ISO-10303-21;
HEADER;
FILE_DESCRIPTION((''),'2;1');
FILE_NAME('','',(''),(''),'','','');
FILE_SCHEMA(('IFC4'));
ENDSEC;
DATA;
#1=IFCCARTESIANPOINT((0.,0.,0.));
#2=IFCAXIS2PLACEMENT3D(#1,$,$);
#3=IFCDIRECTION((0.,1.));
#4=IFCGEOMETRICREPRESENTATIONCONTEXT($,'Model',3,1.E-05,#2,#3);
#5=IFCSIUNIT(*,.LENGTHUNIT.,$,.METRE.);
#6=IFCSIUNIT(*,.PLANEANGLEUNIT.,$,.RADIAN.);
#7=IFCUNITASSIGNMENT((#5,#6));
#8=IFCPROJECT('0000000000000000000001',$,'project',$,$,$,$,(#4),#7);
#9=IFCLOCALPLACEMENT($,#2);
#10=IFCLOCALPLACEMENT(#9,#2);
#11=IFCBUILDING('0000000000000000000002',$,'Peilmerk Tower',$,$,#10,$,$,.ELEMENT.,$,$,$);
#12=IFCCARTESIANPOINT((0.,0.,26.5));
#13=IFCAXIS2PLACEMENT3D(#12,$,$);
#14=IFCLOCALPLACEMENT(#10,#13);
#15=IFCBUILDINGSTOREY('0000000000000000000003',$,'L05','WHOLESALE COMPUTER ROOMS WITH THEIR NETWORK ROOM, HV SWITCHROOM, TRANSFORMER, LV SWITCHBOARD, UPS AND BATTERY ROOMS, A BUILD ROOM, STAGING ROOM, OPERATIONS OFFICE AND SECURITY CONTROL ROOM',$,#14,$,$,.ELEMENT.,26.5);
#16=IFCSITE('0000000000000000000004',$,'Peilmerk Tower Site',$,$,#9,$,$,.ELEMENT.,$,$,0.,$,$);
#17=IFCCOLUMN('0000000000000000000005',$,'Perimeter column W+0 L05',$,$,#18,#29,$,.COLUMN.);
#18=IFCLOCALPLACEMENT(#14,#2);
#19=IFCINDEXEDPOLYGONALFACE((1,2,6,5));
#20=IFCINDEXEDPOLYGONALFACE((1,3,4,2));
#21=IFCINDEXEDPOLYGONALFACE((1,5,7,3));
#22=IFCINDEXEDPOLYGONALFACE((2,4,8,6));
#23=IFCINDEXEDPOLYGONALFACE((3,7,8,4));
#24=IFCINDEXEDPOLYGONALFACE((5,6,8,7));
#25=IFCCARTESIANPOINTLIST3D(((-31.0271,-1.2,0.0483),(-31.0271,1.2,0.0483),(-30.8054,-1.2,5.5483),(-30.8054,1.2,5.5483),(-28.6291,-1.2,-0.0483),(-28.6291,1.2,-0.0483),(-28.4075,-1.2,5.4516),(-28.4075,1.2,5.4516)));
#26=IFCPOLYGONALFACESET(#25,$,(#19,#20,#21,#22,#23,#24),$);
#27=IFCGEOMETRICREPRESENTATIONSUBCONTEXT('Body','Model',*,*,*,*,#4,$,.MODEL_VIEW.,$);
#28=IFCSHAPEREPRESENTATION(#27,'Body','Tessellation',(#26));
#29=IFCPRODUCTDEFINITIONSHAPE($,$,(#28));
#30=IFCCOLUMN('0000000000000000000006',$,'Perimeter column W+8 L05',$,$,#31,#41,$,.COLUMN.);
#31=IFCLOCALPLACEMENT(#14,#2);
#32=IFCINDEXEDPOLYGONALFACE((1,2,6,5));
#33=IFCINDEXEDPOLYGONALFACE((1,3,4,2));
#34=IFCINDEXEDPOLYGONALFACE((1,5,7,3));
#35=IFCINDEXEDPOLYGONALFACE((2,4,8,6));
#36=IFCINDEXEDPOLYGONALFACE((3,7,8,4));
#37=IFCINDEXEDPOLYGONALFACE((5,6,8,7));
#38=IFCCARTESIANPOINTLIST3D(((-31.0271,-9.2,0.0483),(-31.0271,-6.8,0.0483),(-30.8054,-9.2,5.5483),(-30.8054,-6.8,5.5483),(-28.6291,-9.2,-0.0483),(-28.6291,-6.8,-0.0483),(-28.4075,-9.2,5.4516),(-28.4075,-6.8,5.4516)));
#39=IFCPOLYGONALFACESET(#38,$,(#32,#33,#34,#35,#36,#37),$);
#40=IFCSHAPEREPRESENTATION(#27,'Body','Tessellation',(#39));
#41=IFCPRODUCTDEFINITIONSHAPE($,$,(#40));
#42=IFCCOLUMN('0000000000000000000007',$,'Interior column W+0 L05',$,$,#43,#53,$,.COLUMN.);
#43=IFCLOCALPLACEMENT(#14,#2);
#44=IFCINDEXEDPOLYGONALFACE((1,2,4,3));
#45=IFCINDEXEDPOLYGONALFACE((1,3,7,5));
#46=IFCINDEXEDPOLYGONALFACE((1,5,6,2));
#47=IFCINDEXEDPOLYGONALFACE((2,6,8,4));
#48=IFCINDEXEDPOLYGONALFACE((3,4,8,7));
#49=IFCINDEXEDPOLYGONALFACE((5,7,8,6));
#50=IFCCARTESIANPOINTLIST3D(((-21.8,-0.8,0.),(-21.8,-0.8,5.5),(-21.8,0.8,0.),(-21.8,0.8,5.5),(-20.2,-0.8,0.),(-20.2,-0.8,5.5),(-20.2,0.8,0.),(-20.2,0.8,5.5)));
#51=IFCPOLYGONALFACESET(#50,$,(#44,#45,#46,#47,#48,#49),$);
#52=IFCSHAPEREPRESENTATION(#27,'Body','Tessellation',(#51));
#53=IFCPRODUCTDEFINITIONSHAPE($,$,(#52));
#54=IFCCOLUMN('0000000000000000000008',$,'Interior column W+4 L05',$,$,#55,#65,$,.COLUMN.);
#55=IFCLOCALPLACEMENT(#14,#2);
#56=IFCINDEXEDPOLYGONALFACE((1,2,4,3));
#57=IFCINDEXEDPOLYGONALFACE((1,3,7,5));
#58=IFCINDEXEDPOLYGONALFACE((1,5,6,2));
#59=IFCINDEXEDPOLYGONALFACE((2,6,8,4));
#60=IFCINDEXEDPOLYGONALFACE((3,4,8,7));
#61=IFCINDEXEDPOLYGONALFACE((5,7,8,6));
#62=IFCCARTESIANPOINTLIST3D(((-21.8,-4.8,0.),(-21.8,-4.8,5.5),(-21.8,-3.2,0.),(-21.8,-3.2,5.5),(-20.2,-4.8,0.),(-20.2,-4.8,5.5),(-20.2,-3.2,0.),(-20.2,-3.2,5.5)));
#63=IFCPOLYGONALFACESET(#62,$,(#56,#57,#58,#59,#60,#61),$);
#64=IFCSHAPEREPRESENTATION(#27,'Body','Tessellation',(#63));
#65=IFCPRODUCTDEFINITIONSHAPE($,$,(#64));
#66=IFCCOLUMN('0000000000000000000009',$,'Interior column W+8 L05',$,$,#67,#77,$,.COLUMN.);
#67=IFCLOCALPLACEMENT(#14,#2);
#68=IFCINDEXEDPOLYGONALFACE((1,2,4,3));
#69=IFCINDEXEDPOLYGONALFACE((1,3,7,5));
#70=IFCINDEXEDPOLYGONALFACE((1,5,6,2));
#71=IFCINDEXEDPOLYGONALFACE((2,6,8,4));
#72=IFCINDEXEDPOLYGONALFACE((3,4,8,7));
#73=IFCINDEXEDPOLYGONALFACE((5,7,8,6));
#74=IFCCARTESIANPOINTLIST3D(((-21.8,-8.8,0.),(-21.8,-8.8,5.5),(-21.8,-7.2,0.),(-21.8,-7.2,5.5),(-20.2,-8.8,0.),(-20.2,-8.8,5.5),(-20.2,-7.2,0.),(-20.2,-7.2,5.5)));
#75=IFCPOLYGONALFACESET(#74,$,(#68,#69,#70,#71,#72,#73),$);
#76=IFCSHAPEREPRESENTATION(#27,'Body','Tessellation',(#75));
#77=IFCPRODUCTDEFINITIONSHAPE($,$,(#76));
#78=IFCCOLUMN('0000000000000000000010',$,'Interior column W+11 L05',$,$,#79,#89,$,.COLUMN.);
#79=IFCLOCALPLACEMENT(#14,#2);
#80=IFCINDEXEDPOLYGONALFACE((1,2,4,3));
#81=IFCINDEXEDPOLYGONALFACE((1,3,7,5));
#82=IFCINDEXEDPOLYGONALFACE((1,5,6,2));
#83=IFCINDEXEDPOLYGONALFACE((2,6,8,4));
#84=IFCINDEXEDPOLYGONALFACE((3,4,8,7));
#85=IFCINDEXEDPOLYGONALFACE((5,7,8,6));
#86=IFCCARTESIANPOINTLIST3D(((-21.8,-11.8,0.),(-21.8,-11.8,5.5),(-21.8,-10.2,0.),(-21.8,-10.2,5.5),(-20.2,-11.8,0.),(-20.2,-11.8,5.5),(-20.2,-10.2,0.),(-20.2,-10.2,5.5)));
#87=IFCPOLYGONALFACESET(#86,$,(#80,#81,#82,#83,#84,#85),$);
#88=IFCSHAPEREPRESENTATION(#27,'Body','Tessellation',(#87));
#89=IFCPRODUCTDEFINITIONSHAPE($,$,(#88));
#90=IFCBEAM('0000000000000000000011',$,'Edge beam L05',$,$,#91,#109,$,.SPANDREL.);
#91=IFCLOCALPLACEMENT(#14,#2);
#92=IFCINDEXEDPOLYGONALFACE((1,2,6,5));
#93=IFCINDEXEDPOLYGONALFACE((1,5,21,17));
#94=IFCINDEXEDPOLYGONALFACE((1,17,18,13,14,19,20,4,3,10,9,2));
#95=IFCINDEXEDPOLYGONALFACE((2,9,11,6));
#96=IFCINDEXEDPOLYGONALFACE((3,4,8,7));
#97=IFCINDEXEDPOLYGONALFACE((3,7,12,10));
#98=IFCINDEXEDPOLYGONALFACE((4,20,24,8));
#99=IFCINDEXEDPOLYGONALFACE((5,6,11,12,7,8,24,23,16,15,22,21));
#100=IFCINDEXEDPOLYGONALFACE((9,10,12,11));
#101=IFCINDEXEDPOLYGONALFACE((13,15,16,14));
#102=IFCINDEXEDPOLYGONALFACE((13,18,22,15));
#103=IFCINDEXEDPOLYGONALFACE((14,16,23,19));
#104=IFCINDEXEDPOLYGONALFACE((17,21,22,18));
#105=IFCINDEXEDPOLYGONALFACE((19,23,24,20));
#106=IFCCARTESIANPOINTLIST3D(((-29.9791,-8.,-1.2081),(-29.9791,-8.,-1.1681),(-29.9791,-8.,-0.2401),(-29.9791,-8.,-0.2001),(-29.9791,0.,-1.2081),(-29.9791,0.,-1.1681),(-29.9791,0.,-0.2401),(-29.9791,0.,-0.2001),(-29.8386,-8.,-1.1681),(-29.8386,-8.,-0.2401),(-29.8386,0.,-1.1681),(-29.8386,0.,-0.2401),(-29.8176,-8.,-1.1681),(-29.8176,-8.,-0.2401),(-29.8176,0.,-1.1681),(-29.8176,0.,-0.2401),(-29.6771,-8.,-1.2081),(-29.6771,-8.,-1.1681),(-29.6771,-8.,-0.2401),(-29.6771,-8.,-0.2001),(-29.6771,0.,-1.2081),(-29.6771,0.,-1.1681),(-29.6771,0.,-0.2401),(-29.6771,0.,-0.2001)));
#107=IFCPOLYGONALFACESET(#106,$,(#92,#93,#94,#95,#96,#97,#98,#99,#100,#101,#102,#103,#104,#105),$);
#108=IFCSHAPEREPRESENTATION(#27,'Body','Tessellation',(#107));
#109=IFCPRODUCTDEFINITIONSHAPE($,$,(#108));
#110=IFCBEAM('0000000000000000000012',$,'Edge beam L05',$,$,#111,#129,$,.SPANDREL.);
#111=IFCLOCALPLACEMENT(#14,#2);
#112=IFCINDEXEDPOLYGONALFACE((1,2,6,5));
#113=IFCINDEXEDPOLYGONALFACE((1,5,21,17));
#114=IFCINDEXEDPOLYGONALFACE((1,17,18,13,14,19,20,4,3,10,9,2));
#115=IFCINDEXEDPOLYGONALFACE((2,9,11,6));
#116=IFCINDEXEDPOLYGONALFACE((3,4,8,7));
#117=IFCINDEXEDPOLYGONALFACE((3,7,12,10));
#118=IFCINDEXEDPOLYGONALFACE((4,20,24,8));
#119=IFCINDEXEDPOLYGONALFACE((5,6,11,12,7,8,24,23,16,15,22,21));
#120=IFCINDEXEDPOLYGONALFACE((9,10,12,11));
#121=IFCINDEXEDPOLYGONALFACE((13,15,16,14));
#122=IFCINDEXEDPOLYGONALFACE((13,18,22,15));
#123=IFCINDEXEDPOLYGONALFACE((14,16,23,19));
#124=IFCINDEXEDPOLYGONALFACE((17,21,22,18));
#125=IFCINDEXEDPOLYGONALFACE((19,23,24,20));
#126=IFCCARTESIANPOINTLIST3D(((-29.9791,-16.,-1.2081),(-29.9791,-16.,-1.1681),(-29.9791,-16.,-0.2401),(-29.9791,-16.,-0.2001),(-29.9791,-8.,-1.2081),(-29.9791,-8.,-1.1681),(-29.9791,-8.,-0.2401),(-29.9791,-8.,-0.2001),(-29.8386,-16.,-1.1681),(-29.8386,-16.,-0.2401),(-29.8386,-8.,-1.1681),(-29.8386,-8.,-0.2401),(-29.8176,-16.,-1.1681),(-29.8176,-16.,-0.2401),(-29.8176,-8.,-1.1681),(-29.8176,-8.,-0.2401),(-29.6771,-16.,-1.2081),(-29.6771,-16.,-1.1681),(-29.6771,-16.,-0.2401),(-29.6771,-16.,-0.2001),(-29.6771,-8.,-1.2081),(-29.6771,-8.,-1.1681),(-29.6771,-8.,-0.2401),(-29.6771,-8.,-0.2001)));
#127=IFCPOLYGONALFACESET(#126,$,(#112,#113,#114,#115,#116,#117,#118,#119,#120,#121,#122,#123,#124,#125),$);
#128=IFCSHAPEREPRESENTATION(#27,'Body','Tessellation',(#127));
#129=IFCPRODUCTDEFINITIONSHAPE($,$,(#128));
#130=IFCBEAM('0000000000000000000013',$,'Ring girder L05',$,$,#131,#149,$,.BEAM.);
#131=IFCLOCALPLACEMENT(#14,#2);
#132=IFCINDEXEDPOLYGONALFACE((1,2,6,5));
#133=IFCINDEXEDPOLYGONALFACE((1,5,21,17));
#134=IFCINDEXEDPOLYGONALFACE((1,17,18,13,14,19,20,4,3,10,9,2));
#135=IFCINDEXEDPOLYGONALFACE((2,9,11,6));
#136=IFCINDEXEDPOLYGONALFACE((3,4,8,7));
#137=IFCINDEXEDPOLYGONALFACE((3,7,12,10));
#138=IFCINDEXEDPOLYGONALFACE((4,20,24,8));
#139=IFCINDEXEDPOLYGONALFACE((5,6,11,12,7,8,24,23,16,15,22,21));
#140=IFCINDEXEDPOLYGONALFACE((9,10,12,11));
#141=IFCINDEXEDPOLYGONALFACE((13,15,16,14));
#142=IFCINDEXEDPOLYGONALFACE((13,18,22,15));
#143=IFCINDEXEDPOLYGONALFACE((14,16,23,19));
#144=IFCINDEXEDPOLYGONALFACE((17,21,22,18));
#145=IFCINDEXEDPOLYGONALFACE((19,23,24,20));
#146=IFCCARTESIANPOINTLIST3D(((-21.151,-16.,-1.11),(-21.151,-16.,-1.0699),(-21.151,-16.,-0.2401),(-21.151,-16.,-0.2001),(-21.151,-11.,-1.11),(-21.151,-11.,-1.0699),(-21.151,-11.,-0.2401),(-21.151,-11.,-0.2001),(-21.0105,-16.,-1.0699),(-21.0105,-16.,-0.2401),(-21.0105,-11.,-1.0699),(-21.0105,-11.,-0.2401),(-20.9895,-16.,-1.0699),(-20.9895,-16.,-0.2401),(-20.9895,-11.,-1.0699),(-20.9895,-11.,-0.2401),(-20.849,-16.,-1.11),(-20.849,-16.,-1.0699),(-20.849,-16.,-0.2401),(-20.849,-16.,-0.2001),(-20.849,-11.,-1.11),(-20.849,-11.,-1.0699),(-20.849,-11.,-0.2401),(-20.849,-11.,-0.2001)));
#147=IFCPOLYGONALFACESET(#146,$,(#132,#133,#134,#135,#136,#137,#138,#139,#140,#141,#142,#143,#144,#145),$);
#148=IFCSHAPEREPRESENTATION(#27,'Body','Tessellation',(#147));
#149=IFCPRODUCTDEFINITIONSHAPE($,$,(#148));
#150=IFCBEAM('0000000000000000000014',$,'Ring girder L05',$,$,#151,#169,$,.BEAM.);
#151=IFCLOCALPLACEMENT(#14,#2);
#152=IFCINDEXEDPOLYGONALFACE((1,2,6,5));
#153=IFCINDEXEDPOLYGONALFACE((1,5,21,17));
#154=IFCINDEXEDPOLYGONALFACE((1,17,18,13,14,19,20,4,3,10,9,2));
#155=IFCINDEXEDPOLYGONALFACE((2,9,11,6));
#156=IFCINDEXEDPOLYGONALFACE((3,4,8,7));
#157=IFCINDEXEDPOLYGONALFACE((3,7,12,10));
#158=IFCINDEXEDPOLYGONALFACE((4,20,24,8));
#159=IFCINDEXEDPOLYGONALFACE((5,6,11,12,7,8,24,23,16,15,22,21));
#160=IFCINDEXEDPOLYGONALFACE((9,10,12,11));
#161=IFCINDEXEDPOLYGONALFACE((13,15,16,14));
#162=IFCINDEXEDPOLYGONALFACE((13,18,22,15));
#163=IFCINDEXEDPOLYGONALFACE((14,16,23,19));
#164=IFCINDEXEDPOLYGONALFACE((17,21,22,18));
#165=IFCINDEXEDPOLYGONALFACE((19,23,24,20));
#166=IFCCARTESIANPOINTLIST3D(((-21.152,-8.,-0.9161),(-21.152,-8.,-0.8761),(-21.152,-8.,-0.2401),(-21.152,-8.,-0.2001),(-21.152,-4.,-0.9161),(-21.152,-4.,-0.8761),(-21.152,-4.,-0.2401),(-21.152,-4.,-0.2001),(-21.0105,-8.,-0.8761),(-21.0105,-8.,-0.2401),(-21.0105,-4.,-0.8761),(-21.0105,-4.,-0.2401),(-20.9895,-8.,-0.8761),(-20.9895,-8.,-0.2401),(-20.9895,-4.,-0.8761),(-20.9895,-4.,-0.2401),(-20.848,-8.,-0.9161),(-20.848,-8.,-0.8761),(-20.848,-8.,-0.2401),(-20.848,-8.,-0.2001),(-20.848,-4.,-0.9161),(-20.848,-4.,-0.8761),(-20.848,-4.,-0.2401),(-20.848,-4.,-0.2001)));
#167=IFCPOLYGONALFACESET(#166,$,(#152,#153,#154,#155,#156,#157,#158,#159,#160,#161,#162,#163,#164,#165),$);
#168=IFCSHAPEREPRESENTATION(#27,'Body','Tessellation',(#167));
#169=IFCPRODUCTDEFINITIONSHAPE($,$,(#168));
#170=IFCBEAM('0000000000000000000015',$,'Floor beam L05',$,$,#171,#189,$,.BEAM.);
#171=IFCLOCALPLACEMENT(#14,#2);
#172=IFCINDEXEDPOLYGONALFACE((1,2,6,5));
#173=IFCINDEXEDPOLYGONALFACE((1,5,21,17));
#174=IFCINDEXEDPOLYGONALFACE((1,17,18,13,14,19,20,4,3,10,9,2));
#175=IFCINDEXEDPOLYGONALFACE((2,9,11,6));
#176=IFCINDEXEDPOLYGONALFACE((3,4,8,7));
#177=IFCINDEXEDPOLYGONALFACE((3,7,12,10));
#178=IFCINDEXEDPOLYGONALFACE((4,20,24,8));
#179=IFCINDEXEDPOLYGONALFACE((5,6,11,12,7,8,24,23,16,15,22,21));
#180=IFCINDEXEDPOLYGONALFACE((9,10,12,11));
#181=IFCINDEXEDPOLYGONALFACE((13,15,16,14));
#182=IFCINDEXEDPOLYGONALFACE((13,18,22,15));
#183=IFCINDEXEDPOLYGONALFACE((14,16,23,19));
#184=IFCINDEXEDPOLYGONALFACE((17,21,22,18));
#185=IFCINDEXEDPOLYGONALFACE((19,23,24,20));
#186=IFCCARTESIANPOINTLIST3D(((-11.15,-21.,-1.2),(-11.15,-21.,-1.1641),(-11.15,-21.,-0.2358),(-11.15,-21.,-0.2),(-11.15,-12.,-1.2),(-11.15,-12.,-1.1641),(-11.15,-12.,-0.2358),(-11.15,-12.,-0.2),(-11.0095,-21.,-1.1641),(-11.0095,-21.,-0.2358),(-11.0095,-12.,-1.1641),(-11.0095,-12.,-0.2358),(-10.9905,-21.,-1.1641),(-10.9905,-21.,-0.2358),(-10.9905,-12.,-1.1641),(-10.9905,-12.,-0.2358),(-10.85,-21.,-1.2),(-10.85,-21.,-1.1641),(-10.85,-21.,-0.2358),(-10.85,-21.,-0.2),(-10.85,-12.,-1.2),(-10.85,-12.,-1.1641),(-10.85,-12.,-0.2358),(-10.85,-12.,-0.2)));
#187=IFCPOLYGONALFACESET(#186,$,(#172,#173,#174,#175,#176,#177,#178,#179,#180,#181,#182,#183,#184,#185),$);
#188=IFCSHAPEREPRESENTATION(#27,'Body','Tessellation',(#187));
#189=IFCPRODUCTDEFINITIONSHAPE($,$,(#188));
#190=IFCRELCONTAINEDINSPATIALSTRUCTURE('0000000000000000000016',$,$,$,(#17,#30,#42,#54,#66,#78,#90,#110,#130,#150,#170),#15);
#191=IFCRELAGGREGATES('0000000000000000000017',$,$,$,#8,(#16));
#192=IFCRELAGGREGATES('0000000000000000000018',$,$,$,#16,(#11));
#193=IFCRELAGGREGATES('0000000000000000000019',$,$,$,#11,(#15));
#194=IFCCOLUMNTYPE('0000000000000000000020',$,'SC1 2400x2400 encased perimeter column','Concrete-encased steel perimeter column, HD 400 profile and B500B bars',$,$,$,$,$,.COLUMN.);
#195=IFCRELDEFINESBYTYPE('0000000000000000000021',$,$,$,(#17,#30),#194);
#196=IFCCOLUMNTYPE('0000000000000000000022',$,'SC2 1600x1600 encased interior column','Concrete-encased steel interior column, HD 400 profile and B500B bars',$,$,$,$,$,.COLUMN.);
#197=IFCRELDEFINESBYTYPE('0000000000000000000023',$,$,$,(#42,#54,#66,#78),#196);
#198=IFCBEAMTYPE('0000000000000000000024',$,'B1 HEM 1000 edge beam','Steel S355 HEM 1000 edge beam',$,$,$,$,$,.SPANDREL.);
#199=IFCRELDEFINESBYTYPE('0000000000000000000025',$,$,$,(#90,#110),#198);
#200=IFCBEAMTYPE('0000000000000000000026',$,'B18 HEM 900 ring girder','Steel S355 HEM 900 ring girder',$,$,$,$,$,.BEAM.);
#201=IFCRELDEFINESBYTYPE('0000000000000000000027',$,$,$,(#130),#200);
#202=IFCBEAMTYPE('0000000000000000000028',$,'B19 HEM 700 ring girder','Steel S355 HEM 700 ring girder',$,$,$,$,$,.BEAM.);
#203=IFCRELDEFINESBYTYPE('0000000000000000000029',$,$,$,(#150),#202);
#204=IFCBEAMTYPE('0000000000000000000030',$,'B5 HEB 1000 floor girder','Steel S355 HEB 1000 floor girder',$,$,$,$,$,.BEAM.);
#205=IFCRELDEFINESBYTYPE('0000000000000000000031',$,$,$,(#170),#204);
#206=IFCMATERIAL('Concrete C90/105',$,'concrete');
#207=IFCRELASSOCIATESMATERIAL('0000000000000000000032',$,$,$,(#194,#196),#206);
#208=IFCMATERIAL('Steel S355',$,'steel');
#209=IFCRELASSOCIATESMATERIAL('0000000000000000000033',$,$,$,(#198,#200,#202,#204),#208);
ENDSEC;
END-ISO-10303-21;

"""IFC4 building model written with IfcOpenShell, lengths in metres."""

from ifc_helpers import new_model, si_unit, direction, frame, origin, origin_2d, place, context, subcontext, project, spatial, rectangle, i_section, extrude, material, material_profile, profile_set, type_object, element, save


model = new_model("IFC4")

# Units and contexts
model_context = context("Model", 3, precision=1e-05, world=origin(), true_north=direction((0.0, 1.0)))
body_context = subcontext(model_context, "Body", "Model", "MODEL_VIEW")
ifc_project = project(units=[si_unit("LENGTHUNIT", "METRE"), si_unit("PLANEANGLEUNIT", "RADIAN")], contexts=[model_context])

# Site, building, storey
site_placement = place(None, origin())
site = spatial("IfcSite", under=ifc_project, at=site_placement, Name="Peilmerk Tower Site", CompositionType="ELEMENT", RefElevation=0.0)
building_placement = place(site_placement, origin())
building = spatial("IfcBuilding", under=site, at=building_placement, Name="Peilmerk Tower", CompositionType="ELEMENT")
storey_placement = place(building_placement, frame((0.0, 0.0, 26.5)))
storey = spatial("IfcBuildingStorey", under=building, at=storey_placement, Name="L05", Description="WHOLESALE COMPUTER ROOMS WITH THEIR NETWORK ROOM, HV SWITCHROOM, TRANSFORMER, LV SWITCHBOARD, UPS AND BATTERY ROOMS, A BUILD ROOM, STAGING ROOM, OPERATIONS OFFICE AND SECURITY CONTROL ROOM", CompositionType="ELEMENT", Elevation=26.5)

# Columns
ifc_material_1 = material(Name="Concrete C90/105", Category="concrete")
ifc_material_profile_1 = material_profile(ifc_material_1, rectangle(XDim=2.3999, YDim=2.3999, at=origin_2d()), Name="RC 2400x2400")
ifc_profile_set_1 = profile_set([ifc_material_profile_1], Name="Concrete C90/105")
column_type_1 = type_object("IfcColumnType", Name="SC1 2400x2400 encased perimeter column", Description="Concrete-encased steel perimeter column, HD 400 profile and B500B bars", PredefinedType="COLUMN", material=ifc_profile_set_1)
for number, where, z_axis, x_axis, name in (
    (1, (-29.8281, 0.0, 0.0), (0.040273, 0.0, 0.999189), (0.0, 1.0, 0.0), "Perimeter column W+0 L05"),
    (2, (-29.8281, -8.0, 0.0), (0.040273, 0.0, 0.999189), (0.0, 1.0, 0.0), "Perimeter column W+8 L05"),
):
    element("IfcColumn", number, at=place(storey_placement, frame(where, z_axis=z_axis, x_axis=x_axis)), inside=storey, type_object=column_type_1, Name=name, PredefinedType="COLUMN", context=body_context, shape_type="SweptSolid", body=[
        extrude(rectangle(XDim=2.3999, YDim=2.3999, at=origin_2d()), origin(), (0.0, 0.0, 1.0), 5.5044),
    ])
ifc_material_profile_2 = material_profile(ifc_material_1, rectangle(XDim=1.6001, YDim=1.6001, at=origin_2d()), Name="RC 1600x1600")
ifc_profile_set_2 = profile_set([ifc_material_profile_2], Name="Concrete C90/105")
column_type_2 = type_object("IfcColumnType", Name="SC2 1600x1600 encased interior column", Description="Concrete-encased steel interior column, HD 400 profile and B500B bars", PredefinedType="COLUMN", material=ifc_profile_set_2)
for number, where, z_axis, x_axis, name in (
    (3, (-21.0, 0.0, 0.0), (0.0, 0.0, 1.0), (1.0, 0.0, 0.0), "Interior column W+0 L05"),
    (4, (-21.0, -4.0, 0.0), (0.0, 0.0, 1.0), (1.0, 0.0, 0.0), "Interior column W+4 L05"),
    (5, (-21.0, -8.0, 0.0), (0.0, 0.0, 1.0), (1.0, 0.0, 0.0), "Interior column W+8 L05"),
    (6, (-21.0, -11.0, 0.0), (0.0, 0.0, 1.0), (1.0, 0.0, 0.0), "Interior column W+11 L05"),
):
    element("IfcColumn", number, at=place(storey_placement, frame(where, z_axis=z_axis, x_axis=x_axis)), inside=storey, type_object=column_type_2, Name=name, PredefinedType="COLUMN", context=body_context, shape_type="SweptSolid", body=[
        extrude(rectangle(XDim=1.6001, YDim=1.6001, at=origin_2d()), origin(), (0.0, 0.0, 1.0), 5.5),
    ])

# Beams
ifc_material_2 = material(Name="Steel S355", Category="steel")
ifc_material_profile_3 = material_profile(ifc_material_2, i_section(OverallWidth=0.302, OverallDepth=1.0081, WebThickness=0.021, FlangeThickness=0.04, at=origin_2d()), Name="HEM 1000")
ifc_profile_set_3 = profile_set([ifc_material_profile_3], Name="Steel S355")
beam_type_1 = type_object("IfcBeamType", Name="B1 HEM 1000 edge beam", Description="Steel S355 HEM 1000 edge beam", PredefinedType="SPANDREL", material=ifc_profile_set_3)
for number, where, z_axis, x_axis, name in (
    (7, (-29.8281, 0.0, -0.7041), (0.0, -1.0, 0.0), (1.0, 0.0, 0.0), "Edge beam L05"),
    (8, (-29.8281, -8.0, -0.7041), (0.0, -1.0, 0.0), (1.0, 0.0, 0.0), "Edge beam L05"),
):
    element("IfcBeam", number, at=place(storey_placement, frame(where, z_axis=z_axis, x_axis=x_axis)), inside=storey, type_object=beam_type_1, Name=name, PredefinedType="SPANDREL", context=body_context, shape_type="SweptSolid", body=[
        extrude(i_section(OverallWidth=0.302, OverallDepth=1.0081, WebThickness=0.021, FlangeThickness=0.04, at=origin_2d()), origin(), (0.0, 0.0, 1.0), 8.0),
    ])
ifc_material_profile_4 = material_profile(ifc_material_2, i_section(OverallWidth=0.302, OverallDepth=0.9099, WebThickness=0.021, FlangeThickness=0.04, at=origin_2d()), Name="HEM 900")
ifc_profile_set_4 = profile_set([ifc_material_profile_4], Name="Steel S355")
beam_type_2 = type_object("IfcBeamType", Name="B18 HEM 900 ring girder", Description="Steel S355 HEM 900 ring girder", PredefinedType="BEAM", material=ifc_profile_set_4)
beam_1_placement = place(storey_placement, frame((-21.0, -11.0, -0.655), z_axis=(0.0, -1.0, 0.0), x_axis=(1.0, 0.0, 0.0)))
element("IfcBeam", 9, at=beam_1_placement, inside=storey, type_object=beam_type_2, Name="Ring girder L05", PredefinedType="BEAM", context=body_context, shape_type="SweptSolid", body=[
    extrude(i_section(OverallWidth=0.302, OverallDepth=0.9099, WebThickness=0.021, FlangeThickness=0.04, at=origin_2d()), origin(), (0.0, 0.0, 1.0), 5.0),
])
ifc_material_profile_5 = material_profile(ifc_material_2, i_section(OverallWidth=0.304, OverallDepth=0.7161, WebThickness=0.021, FlangeThickness=0.04, at=origin_2d()), Name="HEM 700")
ifc_profile_set_5 = profile_set([ifc_material_profile_5], Name="Steel S355")
beam_type_3 = type_object("IfcBeamType", Name="B19 HEM 700 ring girder", Description="Steel S355 HEM 700 ring girder", PredefinedType="BEAM", material=ifc_profile_set_5)
beam_2_placement = place(storey_placement, frame((-21.0, -4.0, -0.5581), z_axis=(0.0, -1.0, 0.0), x_axis=(1.0, 0.0, 0.0)))
element("IfcBeam", 10, at=beam_2_placement, inside=storey, type_object=beam_type_3, Name="Ring girder L05", PredefinedType="BEAM", context=body_context, shape_type="SweptSolid", body=[
    extrude(i_section(OverallWidth=0.304, OverallDepth=0.7161, WebThickness=0.021, FlangeThickness=0.04, at=origin_2d()), origin(), (0.0, 0.0, 1.0), 4.0),
])
ifc_material_profile_6 = material_profile(ifc_material_2, i_section(OverallWidth=0.3, OverallDepth=1.0, WebThickness=0.019, FlangeThickness=0.0359, at=origin_2d()), Name="HEB 1000")
ifc_profile_set_6 = profile_set([ifc_material_profile_6], Name="Steel S355")
beam_type_4 = type_object("IfcBeamType", Name="B5 HEB 1000 floor girder", Description="Steel S355 HEB 1000 floor girder", PredefinedType="BEAM", material=ifc_profile_set_6)
for number, where, z_axis, x_axis, name in (
    (11, (-11.0, -12.0, -0.7), (0.0, -1.0, 0.0), (1.0, 0.0, 0.0), "Floor beam L05"),
):
    element("IfcBeam", number, at=place(storey_placement, frame(where, z_axis=z_axis, x_axis=x_axis)), inside=storey, type_object=beam_type_4, Name=name, PredefinedType="BEAM", context=body_context, shape_type="SweptSolid", body=[
        extrude(i_section(OverallWidth=0.3, OverallDepth=1.0, WebThickness=0.019, FlangeThickness=0.0359, at=origin_2d()), origin(), (0.0, 0.0, 1.0), 9.0),
    ])

save(model, "model.ifc")
